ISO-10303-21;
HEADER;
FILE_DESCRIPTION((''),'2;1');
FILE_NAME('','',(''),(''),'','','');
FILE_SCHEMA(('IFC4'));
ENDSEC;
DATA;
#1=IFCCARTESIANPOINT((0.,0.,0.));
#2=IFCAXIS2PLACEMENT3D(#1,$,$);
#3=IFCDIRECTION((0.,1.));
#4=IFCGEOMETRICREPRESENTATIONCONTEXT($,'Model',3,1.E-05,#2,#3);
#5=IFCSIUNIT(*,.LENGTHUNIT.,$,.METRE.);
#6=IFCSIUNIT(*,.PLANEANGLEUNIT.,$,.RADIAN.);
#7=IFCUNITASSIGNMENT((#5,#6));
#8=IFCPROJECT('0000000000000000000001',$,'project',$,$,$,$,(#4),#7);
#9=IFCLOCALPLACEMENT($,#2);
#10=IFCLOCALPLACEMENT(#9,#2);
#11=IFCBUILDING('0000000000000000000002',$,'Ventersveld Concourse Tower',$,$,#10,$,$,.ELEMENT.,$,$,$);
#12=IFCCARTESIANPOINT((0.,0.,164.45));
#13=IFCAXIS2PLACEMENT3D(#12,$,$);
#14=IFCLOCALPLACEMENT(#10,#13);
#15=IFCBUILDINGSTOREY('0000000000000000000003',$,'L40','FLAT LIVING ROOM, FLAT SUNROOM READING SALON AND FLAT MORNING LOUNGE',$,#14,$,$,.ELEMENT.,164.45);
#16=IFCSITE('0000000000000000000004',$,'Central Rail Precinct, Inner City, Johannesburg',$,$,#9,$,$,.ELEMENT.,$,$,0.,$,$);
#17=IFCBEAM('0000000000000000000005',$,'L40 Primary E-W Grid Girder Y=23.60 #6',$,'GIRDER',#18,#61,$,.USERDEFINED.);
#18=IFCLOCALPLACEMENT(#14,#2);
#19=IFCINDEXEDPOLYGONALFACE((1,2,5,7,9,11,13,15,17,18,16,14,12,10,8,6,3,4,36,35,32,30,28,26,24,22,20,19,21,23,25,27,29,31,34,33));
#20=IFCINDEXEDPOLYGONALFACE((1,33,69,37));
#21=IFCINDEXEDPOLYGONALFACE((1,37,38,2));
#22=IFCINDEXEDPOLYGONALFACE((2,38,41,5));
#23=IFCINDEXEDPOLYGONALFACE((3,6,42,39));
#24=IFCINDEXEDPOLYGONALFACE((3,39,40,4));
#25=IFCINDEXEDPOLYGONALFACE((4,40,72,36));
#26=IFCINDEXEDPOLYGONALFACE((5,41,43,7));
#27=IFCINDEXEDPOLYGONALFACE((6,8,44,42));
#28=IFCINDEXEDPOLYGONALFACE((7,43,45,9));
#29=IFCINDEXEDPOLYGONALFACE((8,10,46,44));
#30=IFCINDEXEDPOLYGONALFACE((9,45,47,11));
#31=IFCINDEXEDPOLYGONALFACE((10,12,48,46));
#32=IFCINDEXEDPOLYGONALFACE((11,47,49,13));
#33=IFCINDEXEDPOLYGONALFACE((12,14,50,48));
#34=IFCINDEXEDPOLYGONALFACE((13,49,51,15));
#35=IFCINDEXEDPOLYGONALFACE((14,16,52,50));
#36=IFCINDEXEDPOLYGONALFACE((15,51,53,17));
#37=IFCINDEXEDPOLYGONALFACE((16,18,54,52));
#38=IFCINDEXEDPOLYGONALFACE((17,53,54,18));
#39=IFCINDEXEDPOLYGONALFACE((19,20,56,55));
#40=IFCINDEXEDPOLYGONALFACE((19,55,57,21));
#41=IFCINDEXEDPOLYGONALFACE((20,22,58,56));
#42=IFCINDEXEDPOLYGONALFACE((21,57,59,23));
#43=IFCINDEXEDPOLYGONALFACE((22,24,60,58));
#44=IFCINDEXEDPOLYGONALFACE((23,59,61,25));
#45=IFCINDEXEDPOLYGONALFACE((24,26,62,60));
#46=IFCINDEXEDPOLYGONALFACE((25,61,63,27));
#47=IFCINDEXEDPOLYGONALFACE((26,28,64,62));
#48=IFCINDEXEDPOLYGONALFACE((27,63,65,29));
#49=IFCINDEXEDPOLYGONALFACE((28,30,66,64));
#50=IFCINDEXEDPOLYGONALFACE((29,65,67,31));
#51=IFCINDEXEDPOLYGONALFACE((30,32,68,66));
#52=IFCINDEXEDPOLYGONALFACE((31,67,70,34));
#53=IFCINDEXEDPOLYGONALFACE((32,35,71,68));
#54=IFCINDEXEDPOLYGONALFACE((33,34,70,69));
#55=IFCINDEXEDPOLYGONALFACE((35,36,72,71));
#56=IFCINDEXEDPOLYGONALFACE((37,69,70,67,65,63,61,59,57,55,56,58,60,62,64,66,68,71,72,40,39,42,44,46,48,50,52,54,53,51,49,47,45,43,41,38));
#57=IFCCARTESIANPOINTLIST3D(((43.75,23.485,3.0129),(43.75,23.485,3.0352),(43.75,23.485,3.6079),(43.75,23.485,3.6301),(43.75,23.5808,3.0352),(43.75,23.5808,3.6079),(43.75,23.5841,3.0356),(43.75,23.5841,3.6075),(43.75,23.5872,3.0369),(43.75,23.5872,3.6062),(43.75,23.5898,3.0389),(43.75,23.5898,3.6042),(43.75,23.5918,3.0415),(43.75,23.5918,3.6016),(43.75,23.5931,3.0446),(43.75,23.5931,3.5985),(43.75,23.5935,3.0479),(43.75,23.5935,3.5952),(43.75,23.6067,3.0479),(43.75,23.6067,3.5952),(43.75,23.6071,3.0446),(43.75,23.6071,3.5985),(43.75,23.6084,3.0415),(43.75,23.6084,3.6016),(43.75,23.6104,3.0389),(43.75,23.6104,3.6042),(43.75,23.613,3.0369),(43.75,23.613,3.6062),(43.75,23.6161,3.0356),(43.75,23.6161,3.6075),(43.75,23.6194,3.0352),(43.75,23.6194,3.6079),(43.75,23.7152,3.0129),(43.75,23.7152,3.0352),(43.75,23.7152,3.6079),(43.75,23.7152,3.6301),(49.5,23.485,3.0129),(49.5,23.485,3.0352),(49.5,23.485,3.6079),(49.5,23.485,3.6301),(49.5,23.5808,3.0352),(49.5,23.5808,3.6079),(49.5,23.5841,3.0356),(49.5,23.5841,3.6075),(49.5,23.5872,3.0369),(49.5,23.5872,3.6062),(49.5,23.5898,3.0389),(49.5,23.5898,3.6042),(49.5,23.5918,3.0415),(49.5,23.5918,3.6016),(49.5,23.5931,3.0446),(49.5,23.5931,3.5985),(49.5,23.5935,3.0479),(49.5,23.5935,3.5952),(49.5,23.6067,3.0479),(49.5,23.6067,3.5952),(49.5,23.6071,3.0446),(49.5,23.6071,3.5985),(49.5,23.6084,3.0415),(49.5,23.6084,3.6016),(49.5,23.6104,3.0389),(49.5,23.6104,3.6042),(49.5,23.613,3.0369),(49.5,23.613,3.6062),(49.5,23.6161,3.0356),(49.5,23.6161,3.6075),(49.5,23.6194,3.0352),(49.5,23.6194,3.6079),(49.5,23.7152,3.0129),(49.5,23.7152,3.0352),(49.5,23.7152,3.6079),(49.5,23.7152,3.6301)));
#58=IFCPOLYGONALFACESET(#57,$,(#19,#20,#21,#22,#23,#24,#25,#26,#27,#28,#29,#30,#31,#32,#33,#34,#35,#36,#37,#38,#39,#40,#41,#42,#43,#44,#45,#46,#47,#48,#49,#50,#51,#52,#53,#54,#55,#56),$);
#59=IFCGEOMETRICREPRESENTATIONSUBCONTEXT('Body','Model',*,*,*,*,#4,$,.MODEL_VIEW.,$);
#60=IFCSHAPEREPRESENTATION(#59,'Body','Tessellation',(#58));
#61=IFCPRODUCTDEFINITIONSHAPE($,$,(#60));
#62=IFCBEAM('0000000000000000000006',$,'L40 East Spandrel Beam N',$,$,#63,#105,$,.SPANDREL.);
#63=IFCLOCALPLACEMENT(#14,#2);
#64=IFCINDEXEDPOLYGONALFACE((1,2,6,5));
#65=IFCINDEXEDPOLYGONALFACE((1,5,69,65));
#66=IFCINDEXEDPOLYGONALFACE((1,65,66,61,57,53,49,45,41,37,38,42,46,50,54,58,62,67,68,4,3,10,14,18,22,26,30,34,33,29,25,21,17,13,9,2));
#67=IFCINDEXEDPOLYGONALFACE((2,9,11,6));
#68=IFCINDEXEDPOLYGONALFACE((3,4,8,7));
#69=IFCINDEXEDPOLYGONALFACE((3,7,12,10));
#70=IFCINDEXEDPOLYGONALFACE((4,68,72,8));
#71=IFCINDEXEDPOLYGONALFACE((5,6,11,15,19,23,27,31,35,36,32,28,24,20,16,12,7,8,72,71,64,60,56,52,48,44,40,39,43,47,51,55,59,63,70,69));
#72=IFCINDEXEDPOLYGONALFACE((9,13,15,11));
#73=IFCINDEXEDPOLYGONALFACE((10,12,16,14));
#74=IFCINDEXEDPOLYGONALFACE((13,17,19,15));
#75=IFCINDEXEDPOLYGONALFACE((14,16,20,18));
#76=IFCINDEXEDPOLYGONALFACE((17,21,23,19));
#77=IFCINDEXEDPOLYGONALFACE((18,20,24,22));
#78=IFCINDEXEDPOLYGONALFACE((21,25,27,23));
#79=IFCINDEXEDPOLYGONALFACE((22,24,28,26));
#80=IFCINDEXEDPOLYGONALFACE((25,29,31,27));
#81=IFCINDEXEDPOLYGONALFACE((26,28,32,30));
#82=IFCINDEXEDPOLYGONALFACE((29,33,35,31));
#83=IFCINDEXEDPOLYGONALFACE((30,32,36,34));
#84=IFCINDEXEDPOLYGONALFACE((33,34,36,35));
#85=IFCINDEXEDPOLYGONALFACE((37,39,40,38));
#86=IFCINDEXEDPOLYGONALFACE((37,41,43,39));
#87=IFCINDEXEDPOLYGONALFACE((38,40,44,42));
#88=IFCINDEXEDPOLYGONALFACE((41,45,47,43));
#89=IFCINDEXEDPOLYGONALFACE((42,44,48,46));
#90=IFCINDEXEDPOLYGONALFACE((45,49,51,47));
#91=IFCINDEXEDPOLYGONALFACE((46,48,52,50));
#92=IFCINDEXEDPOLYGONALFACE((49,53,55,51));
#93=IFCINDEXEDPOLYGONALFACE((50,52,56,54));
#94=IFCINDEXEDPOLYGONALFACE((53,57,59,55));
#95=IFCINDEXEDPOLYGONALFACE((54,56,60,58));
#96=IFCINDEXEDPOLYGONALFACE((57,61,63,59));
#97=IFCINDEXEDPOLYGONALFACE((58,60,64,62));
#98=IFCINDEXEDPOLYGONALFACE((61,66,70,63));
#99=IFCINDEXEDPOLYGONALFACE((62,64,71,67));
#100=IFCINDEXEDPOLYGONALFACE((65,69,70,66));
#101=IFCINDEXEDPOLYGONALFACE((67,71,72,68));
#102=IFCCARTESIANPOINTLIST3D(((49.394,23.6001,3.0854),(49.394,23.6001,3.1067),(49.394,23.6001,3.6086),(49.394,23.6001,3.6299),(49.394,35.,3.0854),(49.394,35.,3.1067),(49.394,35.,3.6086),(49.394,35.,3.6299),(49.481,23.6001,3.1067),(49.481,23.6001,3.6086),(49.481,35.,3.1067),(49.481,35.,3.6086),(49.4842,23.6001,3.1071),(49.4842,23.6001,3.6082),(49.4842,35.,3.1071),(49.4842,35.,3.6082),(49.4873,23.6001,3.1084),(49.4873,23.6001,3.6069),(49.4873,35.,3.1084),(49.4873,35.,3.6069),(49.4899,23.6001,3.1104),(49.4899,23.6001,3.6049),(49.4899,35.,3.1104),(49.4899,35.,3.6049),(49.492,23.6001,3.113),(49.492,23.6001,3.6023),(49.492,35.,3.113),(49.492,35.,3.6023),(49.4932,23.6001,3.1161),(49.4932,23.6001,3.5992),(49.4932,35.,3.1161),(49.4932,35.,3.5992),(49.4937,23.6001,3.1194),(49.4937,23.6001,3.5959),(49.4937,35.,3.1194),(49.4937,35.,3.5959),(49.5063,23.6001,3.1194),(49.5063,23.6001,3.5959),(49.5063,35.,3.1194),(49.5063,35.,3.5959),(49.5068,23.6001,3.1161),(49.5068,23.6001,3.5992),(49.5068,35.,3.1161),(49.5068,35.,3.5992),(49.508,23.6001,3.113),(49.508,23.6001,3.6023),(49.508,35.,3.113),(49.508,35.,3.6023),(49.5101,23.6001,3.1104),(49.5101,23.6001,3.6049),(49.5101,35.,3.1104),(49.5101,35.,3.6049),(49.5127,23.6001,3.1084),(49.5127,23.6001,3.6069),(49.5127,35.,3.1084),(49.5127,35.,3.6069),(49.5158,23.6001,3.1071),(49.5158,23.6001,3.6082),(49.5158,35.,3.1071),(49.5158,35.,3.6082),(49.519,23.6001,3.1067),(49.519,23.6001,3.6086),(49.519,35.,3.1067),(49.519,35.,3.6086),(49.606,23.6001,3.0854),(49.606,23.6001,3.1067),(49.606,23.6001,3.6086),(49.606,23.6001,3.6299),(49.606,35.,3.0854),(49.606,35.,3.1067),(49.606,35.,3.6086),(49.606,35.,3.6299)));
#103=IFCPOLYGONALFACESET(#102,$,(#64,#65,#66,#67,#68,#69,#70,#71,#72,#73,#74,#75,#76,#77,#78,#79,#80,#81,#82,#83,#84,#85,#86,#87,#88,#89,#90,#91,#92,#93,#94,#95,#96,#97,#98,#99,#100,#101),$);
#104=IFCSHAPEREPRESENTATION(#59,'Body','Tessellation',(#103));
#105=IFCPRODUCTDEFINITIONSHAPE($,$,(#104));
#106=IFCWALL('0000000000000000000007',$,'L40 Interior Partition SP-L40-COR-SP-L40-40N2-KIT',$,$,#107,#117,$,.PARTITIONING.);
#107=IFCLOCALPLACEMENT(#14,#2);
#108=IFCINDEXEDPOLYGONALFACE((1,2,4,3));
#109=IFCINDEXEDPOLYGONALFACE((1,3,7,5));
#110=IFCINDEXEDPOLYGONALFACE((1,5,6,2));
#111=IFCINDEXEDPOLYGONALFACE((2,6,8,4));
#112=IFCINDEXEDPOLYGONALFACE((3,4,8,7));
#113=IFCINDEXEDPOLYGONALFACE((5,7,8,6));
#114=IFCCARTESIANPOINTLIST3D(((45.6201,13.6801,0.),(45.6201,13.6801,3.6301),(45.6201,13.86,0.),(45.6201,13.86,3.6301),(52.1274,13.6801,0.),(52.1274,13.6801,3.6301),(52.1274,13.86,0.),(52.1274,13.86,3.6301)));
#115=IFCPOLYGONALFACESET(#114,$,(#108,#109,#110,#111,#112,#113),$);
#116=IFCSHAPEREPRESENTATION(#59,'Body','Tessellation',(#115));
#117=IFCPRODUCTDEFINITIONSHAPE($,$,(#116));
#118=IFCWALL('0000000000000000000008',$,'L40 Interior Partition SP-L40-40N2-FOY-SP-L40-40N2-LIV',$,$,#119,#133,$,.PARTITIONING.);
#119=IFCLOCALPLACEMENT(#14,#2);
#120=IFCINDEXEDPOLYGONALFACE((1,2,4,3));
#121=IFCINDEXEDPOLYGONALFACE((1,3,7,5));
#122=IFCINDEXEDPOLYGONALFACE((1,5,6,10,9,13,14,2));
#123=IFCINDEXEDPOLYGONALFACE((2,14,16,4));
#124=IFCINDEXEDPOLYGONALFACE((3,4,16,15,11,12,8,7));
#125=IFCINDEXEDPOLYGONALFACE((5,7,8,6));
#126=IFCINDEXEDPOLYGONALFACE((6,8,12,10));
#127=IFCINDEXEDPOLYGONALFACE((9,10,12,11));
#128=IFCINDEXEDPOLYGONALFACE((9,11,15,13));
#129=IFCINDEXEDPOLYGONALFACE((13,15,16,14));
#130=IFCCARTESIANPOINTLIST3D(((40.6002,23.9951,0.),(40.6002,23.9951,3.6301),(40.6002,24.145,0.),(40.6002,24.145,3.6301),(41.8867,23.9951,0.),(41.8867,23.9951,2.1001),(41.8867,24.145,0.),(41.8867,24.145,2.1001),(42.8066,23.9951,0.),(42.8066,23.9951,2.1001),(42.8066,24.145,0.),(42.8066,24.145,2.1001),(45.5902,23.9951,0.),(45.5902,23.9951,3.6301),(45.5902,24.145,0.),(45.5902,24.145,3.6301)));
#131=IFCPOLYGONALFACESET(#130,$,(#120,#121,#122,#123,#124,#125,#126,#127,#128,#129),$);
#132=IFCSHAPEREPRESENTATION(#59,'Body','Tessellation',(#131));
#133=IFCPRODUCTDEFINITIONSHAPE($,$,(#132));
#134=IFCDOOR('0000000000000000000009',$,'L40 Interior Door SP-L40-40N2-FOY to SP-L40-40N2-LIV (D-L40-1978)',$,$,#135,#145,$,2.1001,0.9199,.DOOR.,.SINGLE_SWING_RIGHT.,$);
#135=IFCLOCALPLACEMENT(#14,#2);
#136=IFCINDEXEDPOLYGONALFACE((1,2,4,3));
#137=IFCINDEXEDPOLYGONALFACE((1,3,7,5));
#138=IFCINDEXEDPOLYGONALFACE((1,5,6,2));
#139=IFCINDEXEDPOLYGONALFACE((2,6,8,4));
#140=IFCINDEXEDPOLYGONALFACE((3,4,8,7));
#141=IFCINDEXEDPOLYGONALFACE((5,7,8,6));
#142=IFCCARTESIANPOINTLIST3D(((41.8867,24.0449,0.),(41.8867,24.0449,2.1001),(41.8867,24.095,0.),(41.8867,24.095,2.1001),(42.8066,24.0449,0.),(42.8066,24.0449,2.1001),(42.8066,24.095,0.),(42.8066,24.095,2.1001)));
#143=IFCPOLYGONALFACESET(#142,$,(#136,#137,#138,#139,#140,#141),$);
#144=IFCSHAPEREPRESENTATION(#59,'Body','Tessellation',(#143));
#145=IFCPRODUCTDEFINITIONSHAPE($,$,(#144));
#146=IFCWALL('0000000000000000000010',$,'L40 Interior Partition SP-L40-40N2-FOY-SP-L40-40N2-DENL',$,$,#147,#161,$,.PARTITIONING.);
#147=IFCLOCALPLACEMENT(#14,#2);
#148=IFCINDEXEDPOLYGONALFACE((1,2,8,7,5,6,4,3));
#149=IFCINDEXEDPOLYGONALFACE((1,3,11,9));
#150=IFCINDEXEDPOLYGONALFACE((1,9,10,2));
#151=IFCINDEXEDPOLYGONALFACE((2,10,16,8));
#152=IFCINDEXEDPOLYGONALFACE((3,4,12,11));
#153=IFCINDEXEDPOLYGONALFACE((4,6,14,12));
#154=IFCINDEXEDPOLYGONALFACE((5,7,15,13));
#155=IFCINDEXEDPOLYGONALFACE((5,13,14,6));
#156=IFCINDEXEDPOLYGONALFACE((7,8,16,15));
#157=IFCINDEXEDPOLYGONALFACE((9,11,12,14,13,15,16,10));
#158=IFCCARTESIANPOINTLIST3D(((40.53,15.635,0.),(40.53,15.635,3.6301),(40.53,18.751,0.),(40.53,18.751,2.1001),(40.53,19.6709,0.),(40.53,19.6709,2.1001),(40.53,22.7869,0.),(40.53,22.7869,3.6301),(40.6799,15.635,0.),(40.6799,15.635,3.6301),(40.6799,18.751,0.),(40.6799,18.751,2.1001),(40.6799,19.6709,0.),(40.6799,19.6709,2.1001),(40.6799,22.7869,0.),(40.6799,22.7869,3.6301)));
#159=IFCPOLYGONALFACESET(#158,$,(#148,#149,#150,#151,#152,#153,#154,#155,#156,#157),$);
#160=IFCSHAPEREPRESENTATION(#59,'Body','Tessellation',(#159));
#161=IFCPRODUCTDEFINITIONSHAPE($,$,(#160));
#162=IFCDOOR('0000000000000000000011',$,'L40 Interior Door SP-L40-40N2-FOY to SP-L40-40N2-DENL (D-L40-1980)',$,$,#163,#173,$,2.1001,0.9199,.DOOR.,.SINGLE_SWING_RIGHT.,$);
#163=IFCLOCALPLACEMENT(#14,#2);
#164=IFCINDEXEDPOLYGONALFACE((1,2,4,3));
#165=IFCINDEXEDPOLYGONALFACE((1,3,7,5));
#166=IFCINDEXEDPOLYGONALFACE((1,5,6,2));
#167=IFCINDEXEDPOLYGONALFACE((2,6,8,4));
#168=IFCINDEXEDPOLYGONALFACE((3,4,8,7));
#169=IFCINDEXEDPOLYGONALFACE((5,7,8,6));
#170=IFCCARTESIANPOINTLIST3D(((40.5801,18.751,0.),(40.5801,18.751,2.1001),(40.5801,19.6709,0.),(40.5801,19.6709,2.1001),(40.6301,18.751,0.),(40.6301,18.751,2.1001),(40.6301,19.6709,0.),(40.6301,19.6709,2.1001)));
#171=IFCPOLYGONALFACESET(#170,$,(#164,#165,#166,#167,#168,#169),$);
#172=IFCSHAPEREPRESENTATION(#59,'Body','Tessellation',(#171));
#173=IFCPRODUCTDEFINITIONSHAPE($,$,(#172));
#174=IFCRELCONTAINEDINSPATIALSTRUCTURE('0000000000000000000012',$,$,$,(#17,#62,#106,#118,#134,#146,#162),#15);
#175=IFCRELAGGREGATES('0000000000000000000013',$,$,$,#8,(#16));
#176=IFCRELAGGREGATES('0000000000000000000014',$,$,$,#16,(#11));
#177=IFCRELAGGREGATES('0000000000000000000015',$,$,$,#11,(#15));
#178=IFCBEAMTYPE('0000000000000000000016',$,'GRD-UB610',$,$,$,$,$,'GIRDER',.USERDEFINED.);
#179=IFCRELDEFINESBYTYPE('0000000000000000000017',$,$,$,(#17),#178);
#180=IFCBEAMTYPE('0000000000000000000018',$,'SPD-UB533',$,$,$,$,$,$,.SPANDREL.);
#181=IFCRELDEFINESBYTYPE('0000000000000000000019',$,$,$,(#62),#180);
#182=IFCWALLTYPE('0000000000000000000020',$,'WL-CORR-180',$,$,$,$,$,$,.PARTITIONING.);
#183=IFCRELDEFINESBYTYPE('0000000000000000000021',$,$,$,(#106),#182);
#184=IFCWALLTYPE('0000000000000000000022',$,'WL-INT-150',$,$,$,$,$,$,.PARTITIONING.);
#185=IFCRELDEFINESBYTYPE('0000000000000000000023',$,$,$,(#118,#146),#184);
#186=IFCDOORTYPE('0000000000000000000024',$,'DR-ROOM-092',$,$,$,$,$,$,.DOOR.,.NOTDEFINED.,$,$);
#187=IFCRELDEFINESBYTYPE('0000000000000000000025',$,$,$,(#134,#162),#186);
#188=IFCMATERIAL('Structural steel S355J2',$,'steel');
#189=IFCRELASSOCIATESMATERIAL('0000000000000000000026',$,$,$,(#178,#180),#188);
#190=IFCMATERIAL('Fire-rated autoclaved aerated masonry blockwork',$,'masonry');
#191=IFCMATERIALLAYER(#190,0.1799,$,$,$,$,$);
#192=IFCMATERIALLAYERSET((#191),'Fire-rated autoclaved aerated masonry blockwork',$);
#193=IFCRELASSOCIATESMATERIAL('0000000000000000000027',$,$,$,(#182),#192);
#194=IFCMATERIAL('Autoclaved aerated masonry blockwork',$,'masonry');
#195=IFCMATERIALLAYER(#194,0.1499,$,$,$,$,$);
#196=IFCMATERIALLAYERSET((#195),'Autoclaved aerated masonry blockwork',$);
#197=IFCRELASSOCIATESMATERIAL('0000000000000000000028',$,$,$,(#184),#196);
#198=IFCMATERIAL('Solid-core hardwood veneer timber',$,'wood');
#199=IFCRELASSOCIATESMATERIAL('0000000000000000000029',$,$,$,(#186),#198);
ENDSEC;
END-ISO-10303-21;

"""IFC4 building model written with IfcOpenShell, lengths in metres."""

from ifc_helpers import new_model, si_unit, direction, frame, frame_2d, origin, origin_2d, place, context, subcontext, project, spatial, rectangle, i_section, extrude, material, layer, layer_set, material_profile, profile_set, type_object, element, fill, save


model = new_model("IFC4")

# Units and contexts
model_context = context("Model", 3, precision=1e-05, world=origin(), true_north=direction((0.0, 1.0)))
body_context = subcontext(model_context, "Body", "Model", "MODEL_VIEW")
ifc_project = project(units=[si_unit("LENGTHUNIT", "METRE"), si_unit("PLANEANGLEUNIT", "RADIAN")], contexts=[model_context])

# Site, building, storey
site_placement = place(None, origin())
site = spatial("IfcSite", under=ifc_project, at=site_placement, Name="Central Rail Precinct, Inner City, Johannesburg", CompositionType="ELEMENT", RefElevation=0.0)
building_placement = place(site_placement, origin())
building = spatial("IfcBuilding", under=site, at=building_placement, Name="Ventersveld Concourse Tower", CompositionType="ELEMENT")
storey_placement = place(building_placement, frame((0.0, 0.0, 164.45)))
storey = spatial("IfcBuildingStorey", under=building, at=storey_placement, Name="L40", Description="FLAT LIVING ROOM, FLAT SUNROOM READING SALON AND FLAT MORNING LOUNGE", CompositionType="ELEMENT", Elevation=164.45)

# Beams
ifc_material_1 = material(Name="Structural steel S355J2", Category="steel")
ifc_material_profile_1 = material_profile(ifc_material_1, i_section(OverallWidth=0.2302, OverallDepth=0.6172, WebThickness=0.0132, FlangeThickness=0.0222, FilletRadius=0.0127, at=origin_2d()), Name="UB 610x229x140")
ifc_profile_set_1 = profile_set([ifc_material_profile_1], Name="Structural steel S355J2")
beam_type_1 = type_object("IfcBeamType", Name="GRD-UB610", ElementType="GIRDER", PredefinedType="USERDEFINED", material=ifc_profile_set_1)
beam_1_placement = place(storey_placement, frame((43.75, 23.6001, 3.3215), z_axis=(1.0, 0.0, 0.0), x_axis=(0.0, 1.0, 0.0)))
element("IfcBeam", 1, at=beam_1_placement, inside=storey, type_object=beam_type_1, Name="L40 Primary E-W Grid Girder Y=23.60 #6", ObjectType="GIRDER", PredefinedType="USERDEFINED", context=body_context, shape_type="SweptSolid", body=[
    extrude(i_section(OverallWidth=0.2302, OverallDepth=0.6172, WebThickness=0.0132, FlangeThickness=0.0222, FilletRadius=0.0127, at=origin_2d()), origin(), (0.0, 0.0, 1.0), 5.75),
])
ifc_material_profile_2 = material_profile(ifc_material_1, i_section(OverallWidth=0.2119, OverallDepth=0.5444, WebThickness=0.0127, FlangeThickness=0.0212, FilletRadius=0.0127, at=origin_2d()), Name="UB 533x210x122")
ifc_profile_set_2 = profile_set([ifc_material_profile_2], Name="Structural steel S355J2")
beam_type_2 = type_object("IfcBeamType", Name="SPD-UB533", PredefinedType="SPANDREL", material=ifc_profile_set_2)
beam_2_placement = place(storey_placement, frame((49.5, 23.6001, 3.3577), z_axis=(0.0, 1.0, 0.0), x_axis=(-1.0, 0.0, 0.0)))
element("IfcBeam", 2, at=beam_2_placement, inside=storey, type_object=beam_type_2, Name="L40 East Spandrel Beam N", PredefinedType="SPANDREL", context=body_context, shape_type="SweptSolid", body=[
    extrude(i_section(OverallWidth=0.2119, OverallDepth=0.5444, WebThickness=0.0127, FlangeThickness=0.0212, FilletRadius=0.0127, at=origin_2d()), origin(), (0.0, 0.0, 1.0), 11.3999),
])

# Shared definitions
ifc_material_2 = material(Name="Fire-rated autoclaved aerated masonry blockwork", Category="masonry")
ifc_layer_1 = layer(ifc_material_2, 0.1799)
ifc_layer_set_1 = layer_set([ifc_layer_1], Name="Fire-rated autoclaved aerated masonry blockwork")
wall_type_1 = type_object("IfcWallType", Name="WL-CORR-180", PredefinedType="PARTITIONING", material=ifc_layer_set_1)
ifc_material_3 = material(Name="Solid-core hardwood veneer timber", Category="wood")

# Wall
wall_1_placement = place(storey_placement, frame((45.6201, 13.77, 0.0), z_axis=(0.0, 0.0, 1.0), x_axis=(1.0, 0.0, 0.0)))
element("IfcWall", 3, at=wall_1_placement, inside=storey, type_object=wall_type_1, Name="L40 Interior Partition SP-L40-COR-SP-L40-40N2-KIT", PredefinedType="PARTITIONING", context=body_context, shape_type="SweptSolid", body=[
    extrude(rectangle(XDim=6.5073, YDim=0.1799, at=frame_2d((3.2537, 0.0))), origin(), (0.0, 0.0, 1.0), 3.6301),
])

# Walls, openings, doors
ifc_material_4 = material(Name="Autoclaved aerated masonry blockwork", Category="masonry")
ifc_layer_2 = layer(ifc_material_4, 0.1499)
ifc_layer_set_2 = layer_set([ifc_layer_2], Name="Autoclaved aerated masonry blockwork")
wall_type_2 = type_object("IfcWallType", Name="WL-INT-150", PredefinedType="PARTITIONING", material=ifc_layer_set_2)
wall_2_placement = place(storey_placement, frame((40.6001, 24.0701, 0.0), z_axis=(0.0, 0.0, 1.0), x_axis=(1.0, 0.0, 0.0)))
wall_2 = element("IfcWall", 4, at=wall_2_placement, inside=storey, type_object=wall_type_2, Name="L40 Interior Partition SP-L40-40N2-FOY-SP-L40-40N2-LIV", PredefinedType="PARTITIONING", context=body_context, shape_type="SweptSolid", body=[
    extrude(rectangle(XDim=4.99, YDim=0.1499, at=frame_2d((2.4951, 0.0))), origin(), (0.0, 0.0, 1.0), 3.6301),
])
opening_1_placement = place(wall_2_placement, frame((1.2866, 0.0, 0.0)))
opening_1 = element("IfcOpeningElement", 5, at=opening_1_placement, cuts=wall_2, PredefinedType="OPENING", context=body_context, shape_type="SweptSolid", body=[
    extrude(rectangle(XDim=0.9199, YDim=2.1001, at=frame_2d((0.46, 1.05))), frame((0.0, 0.085, 0.0), z_axis=(0.0, -1.0, 0.0), x_axis=(1.0, 0.0, 0.0)), (0.0, 0.0, 1.0), 0.1699),
])
door_type_1 = type_object("IfcDoorType", Name="DR-ROOM-092", OperationType="NOTDEFINED", PredefinedType="DOOR", material=ifc_material_3)
door_1_placement = place(opening_1_placement, origin())
door_1 = element("IfcDoor", 6, at=door_1_placement, inside=storey, type_object=door_type_1, Name="L40 Interior Door SP-L40-40N2-FOY to SP-L40-40N2-LIV (D-L40-1978)", OperationType="SINGLE_SWING_RIGHT", OverallHeight=2.1001, OverallWidth=0.9199, PredefinedType="DOOR", context=body_context, shape_type="SweptSolid", body=[
    extrude(rectangle(XDim=0.9199, YDim=2.1001, at=frame_2d((0.46, 1.05))), frame((0.0, 0.0249, 0.0), z_axis=(0.0, -1.0, 0.0), x_axis=(1.0, 0.0, 0.0)), (0.0, 0.0, 1.0), 0.05),
])
fill(opening_1, door_1)
wall_3_placement = place(storey_placement, frame((40.605, 15.635, 0.0), z_axis=(0.0, 0.0, 1.0), x_axis=(0.0, 1.0, 0.0)))
wall_3 = element("IfcWall", 7, at=wall_3_placement, inside=storey, type_object=wall_type_2, Name="L40 Interior Partition SP-L40-40N2-FOY-SP-L40-40N2-DENL", PredefinedType="PARTITIONING", context=body_context, shape_type="SweptSolid", body=[
    extrude(rectangle(XDim=7.1519, YDim=0.1499, at=frame_2d((3.5759, 0.0))), origin(), (0.0, 0.0, 1.0), 3.6301),
])
opening_2_placement = place(wall_3_placement, frame((3.116, 0.0, 0.0)))
opening_2 = element("IfcOpeningElement", 8, at=opening_2_placement, cuts=wall_3, PredefinedType="OPENING", context=body_context, shape_type="SweptSolid", body=[
    extrude(rectangle(XDim=0.9199, YDim=2.1001, at=frame_2d((0.46, 1.05))), frame((0.0, 0.085, 0.0), z_axis=(0.0, -1.0, 0.0), x_axis=(1.0, 0.0, 0.0)), (0.0, 0.0, 1.0), 0.1699),
])
door_2_placement = place(opening_2_placement, origin())
door_2 = element("IfcDoor", 9, at=door_2_placement, inside=storey, type_object=door_type_1, Name="L40 Interior Door SP-L40-40N2-FOY to SP-L40-40N2-DENL (D-L40-1980)", OperationType="SINGLE_SWING_RIGHT", OverallHeight=2.1001, OverallWidth=0.9199, PredefinedType="DOOR", context=body_context, shape_type="SweptSolid", body=[
    extrude(rectangle(XDim=0.9199, YDim=2.1001, at=frame_2d((0.46, 1.05))), frame((0.0, 0.0249, 0.0), z_axis=(0.0, -1.0, 0.0), x_axis=(1.0, 0.0, 0.0)), (0.0, 0.0, 1.0), 0.05),
])
fill(opening_2, door_2)

save(model, "model.ifc")
